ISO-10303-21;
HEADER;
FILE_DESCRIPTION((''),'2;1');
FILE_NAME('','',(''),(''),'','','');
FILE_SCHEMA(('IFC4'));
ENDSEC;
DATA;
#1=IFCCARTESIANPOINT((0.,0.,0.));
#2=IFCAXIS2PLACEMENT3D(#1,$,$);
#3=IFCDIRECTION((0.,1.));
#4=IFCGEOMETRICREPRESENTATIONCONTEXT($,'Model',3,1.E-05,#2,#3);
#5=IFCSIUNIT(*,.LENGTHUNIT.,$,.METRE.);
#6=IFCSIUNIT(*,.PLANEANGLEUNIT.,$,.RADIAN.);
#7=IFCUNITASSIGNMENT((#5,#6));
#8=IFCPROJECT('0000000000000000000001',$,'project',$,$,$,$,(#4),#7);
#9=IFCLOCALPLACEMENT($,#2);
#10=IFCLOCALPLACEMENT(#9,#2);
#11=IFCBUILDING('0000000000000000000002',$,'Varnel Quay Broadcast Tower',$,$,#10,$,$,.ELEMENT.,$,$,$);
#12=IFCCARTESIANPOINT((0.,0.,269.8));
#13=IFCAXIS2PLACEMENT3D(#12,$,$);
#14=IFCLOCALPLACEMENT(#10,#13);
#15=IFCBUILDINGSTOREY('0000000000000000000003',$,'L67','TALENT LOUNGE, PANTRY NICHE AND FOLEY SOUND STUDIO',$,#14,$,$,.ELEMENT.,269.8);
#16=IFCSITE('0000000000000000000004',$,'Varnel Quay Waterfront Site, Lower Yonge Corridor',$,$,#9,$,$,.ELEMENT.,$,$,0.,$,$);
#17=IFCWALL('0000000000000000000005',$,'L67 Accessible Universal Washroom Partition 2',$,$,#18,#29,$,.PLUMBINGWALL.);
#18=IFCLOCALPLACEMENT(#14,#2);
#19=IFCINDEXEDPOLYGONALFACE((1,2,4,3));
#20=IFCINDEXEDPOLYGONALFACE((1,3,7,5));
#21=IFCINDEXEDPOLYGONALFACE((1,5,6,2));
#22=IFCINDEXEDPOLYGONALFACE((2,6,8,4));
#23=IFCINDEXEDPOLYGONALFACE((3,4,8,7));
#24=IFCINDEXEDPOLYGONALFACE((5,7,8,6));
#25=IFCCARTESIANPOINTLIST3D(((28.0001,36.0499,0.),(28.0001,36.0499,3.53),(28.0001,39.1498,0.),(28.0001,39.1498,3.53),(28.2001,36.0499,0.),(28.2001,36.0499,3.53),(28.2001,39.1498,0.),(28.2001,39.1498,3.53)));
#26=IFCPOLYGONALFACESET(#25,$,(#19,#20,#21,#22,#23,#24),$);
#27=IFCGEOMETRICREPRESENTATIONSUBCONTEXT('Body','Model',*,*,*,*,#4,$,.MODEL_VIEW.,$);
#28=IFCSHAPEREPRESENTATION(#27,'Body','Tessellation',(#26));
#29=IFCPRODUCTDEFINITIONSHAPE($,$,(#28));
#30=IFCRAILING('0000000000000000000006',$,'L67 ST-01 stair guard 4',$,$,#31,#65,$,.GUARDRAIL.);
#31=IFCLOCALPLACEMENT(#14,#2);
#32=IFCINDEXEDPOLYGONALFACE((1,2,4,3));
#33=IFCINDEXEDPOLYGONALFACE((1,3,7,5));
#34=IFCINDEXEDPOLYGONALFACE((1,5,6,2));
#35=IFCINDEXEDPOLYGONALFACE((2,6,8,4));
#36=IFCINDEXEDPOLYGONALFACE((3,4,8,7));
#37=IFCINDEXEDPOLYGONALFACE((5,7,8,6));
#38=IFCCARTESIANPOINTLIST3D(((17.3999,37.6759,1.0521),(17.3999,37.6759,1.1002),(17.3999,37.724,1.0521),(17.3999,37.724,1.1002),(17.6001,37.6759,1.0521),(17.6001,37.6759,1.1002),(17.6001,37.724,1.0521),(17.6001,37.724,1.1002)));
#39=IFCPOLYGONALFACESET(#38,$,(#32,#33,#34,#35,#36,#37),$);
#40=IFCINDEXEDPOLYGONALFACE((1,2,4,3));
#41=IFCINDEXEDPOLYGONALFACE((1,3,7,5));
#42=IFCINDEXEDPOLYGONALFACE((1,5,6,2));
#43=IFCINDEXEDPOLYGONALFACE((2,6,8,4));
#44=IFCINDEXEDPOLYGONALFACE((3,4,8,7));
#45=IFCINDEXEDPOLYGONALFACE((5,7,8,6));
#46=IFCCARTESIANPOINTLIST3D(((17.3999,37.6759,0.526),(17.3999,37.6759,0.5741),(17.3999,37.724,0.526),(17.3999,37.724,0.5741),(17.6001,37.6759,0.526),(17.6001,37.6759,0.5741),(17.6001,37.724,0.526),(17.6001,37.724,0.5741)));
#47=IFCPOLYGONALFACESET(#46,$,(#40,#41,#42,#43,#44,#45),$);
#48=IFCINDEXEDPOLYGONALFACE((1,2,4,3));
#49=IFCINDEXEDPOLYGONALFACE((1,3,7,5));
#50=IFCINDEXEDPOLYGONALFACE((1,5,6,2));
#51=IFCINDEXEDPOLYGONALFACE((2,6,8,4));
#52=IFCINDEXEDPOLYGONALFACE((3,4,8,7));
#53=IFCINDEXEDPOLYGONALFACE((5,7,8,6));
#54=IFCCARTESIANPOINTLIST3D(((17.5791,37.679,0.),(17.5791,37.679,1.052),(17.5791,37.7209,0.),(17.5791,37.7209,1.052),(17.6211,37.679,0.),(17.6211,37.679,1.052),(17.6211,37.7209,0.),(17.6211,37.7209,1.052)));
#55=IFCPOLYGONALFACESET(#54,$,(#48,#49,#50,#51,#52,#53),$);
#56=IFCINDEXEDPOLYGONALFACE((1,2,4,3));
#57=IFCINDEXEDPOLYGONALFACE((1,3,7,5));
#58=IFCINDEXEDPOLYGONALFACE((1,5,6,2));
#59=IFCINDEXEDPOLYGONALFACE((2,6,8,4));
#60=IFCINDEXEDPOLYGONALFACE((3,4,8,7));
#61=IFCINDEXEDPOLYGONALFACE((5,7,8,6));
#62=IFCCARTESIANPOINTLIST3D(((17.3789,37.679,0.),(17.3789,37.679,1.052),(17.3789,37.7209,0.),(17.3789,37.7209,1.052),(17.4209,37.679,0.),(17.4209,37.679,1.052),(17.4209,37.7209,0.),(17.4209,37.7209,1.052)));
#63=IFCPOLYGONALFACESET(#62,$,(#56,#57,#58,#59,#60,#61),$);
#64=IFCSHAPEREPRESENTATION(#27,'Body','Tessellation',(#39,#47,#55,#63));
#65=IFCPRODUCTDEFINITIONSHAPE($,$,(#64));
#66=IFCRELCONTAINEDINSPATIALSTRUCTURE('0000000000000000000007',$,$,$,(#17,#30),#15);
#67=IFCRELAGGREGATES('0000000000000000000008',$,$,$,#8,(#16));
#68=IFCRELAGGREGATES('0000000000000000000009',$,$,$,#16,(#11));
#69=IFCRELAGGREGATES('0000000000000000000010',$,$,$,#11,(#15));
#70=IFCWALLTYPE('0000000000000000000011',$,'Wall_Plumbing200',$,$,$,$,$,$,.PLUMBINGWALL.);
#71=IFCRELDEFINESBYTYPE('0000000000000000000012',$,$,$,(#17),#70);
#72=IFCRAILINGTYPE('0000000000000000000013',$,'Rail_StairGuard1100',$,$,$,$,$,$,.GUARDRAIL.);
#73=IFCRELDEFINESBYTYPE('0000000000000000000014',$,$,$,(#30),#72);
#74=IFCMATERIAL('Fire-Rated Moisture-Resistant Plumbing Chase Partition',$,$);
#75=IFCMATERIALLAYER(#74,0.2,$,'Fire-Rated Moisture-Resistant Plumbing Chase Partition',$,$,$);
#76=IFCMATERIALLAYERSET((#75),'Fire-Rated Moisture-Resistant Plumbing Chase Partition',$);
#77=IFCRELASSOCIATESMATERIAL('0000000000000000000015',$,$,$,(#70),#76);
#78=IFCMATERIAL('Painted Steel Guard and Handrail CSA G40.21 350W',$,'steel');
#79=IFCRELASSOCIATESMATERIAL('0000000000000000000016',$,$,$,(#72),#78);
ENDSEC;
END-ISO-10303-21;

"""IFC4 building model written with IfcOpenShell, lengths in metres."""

from ifc_helpers import new_model, si_unit, direction, frame, frame_2d, origin, origin_2d, place, context, subcontext, project, spatial, rectangle, extrude, material, layer, layer_set, type_object, element, save


model = new_model("IFC4")

# Units and contexts
model_context = context("Model", 3, precision=1e-05, world=origin(), true_north=direction((0.0, 1.0)))
body_context = subcontext(model_context, "Body", "Model", "MODEL_VIEW")
ifc_project = project(units=[si_unit("LENGTHUNIT", "METRE"), si_unit("PLANEANGLEUNIT", "RADIAN")], contexts=[model_context])

# Site, building, storey
site_placement = place(None, origin())
site = spatial("IfcSite", under=ifc_project, at=site_placement, Name="Varnel Quay Waterfront Site, Lower Yonge Corridor", CompositionType="ELEMENT", RefElevation=0.0)
building_placement = place(site_placement, origin())
building = spatial("IfcBuilding", under=site, at=building_placement, Name="Varnel Quay Broadcast Tower", CompositionType="ELEMENT")
storey_placement = place(building_placement, frame((0.0, 0.0, 269.8)))
storey = spatial("IfcBuildingStorey", under=building, at=storey_placement, Name="L67", Description="TALENT LOUNGE, PANTRY NICHE AND FOLEY SOUND STUDIO", CompositionType="ELEMENT", Elevation=269.8)

# Wall
ifc_material_1 = material(Name="Fire-Rated Moisture-Resistant Plumbing Chase Partition")
ifc_layer_1 = layer(ifc_material_1, 0.2, Name="Fire-Rated Moisture-Resistant Plumbing Chase Partition")
ifc_layer_set_1 = layer_set([ifc_layer_1], Name="Fire-Rated Moisture-Resistant Plumbing Chase Partition")
wall_type_1 = type_object("IfcWallType", Name="Wall_Plumbing200", PredefinedType="PLUMBINGWALL", material=ifc_layer_set_1)
wall_1_placement = place(storey_placement, frame((28.1001, 36.05, 0.0), z_axis=(0.0, 0.0, 1.0), x_axis=(0.0, 1.0, 0.0)))
element("IfcWall", 1, at=wall_1_placement, inside=storey, type_object=wall_type_1, Name="L67 Accessible Universal Washroom Partition 2", PredefinedType="PLUMBINGWALL", context=body_context, shape_type="SweptSolid", body=[
    extrude(rectangle(XDim=3.0999, YDim=0.2, at=frame_2d((1.5498, 0.0))), origin(), (0.0, 0.0, 1.0), 3.53),
])

# Railing
ifc_material_2 = material(Name="Painted Steel Guard and Handrail CSA G40.21 350W", Category="steel")
railing_type = type_object("IfcRailingType", Name="Rail_StairGuard1100", PredefinedType="GUARDRAIL", material=ifc_material_2)
railing_placement = place(storey_placement, frame((17.6001, 37.7, 0.0)))
element("IfcRailing", 2, at=railing_placement, inside=storey, type_object=railing_type, Name="L67 ST-01 stair guard 4", PredefinedType="GUARDRAIL", context=body_context, shape_type="SweptSolid", body=[
    extrude(rectangle(XDim=0.0481, YDim=0.0481, at=origin_2d()), frame((0.0, 0.0, 1.0762), z_axis=(-1.0, 0.0, 0.0), x_axis=(0.0, -1.0, 0.0)), (0.0, 0.0, 1.0), 0.2002),
    extrude(rectangle(XDim=0.0481, YDim=0.0481, at=origin_2d()), frame((0.0, 0.0, 0.55), z_axis=(-1.0, 0.0, 0.0), x_axis=(0.0, -1.0, 0.0)), (0.0, 0.0, 1.0), 0.2002),
    extrude(rectangle(XDim=0.042, YDim=0.042, at=origin_2d()), origin(), (0.0, 0.0, 1.0), 1.052),
    extrude(rectangle(XDim=0.042, YDim=0.042, at=origin_2d()), frame((-0.2002, 0.0, 0.0)), (0.0, 0.0, 1.0), 1.052),
])

save(model, "model.ifc")
